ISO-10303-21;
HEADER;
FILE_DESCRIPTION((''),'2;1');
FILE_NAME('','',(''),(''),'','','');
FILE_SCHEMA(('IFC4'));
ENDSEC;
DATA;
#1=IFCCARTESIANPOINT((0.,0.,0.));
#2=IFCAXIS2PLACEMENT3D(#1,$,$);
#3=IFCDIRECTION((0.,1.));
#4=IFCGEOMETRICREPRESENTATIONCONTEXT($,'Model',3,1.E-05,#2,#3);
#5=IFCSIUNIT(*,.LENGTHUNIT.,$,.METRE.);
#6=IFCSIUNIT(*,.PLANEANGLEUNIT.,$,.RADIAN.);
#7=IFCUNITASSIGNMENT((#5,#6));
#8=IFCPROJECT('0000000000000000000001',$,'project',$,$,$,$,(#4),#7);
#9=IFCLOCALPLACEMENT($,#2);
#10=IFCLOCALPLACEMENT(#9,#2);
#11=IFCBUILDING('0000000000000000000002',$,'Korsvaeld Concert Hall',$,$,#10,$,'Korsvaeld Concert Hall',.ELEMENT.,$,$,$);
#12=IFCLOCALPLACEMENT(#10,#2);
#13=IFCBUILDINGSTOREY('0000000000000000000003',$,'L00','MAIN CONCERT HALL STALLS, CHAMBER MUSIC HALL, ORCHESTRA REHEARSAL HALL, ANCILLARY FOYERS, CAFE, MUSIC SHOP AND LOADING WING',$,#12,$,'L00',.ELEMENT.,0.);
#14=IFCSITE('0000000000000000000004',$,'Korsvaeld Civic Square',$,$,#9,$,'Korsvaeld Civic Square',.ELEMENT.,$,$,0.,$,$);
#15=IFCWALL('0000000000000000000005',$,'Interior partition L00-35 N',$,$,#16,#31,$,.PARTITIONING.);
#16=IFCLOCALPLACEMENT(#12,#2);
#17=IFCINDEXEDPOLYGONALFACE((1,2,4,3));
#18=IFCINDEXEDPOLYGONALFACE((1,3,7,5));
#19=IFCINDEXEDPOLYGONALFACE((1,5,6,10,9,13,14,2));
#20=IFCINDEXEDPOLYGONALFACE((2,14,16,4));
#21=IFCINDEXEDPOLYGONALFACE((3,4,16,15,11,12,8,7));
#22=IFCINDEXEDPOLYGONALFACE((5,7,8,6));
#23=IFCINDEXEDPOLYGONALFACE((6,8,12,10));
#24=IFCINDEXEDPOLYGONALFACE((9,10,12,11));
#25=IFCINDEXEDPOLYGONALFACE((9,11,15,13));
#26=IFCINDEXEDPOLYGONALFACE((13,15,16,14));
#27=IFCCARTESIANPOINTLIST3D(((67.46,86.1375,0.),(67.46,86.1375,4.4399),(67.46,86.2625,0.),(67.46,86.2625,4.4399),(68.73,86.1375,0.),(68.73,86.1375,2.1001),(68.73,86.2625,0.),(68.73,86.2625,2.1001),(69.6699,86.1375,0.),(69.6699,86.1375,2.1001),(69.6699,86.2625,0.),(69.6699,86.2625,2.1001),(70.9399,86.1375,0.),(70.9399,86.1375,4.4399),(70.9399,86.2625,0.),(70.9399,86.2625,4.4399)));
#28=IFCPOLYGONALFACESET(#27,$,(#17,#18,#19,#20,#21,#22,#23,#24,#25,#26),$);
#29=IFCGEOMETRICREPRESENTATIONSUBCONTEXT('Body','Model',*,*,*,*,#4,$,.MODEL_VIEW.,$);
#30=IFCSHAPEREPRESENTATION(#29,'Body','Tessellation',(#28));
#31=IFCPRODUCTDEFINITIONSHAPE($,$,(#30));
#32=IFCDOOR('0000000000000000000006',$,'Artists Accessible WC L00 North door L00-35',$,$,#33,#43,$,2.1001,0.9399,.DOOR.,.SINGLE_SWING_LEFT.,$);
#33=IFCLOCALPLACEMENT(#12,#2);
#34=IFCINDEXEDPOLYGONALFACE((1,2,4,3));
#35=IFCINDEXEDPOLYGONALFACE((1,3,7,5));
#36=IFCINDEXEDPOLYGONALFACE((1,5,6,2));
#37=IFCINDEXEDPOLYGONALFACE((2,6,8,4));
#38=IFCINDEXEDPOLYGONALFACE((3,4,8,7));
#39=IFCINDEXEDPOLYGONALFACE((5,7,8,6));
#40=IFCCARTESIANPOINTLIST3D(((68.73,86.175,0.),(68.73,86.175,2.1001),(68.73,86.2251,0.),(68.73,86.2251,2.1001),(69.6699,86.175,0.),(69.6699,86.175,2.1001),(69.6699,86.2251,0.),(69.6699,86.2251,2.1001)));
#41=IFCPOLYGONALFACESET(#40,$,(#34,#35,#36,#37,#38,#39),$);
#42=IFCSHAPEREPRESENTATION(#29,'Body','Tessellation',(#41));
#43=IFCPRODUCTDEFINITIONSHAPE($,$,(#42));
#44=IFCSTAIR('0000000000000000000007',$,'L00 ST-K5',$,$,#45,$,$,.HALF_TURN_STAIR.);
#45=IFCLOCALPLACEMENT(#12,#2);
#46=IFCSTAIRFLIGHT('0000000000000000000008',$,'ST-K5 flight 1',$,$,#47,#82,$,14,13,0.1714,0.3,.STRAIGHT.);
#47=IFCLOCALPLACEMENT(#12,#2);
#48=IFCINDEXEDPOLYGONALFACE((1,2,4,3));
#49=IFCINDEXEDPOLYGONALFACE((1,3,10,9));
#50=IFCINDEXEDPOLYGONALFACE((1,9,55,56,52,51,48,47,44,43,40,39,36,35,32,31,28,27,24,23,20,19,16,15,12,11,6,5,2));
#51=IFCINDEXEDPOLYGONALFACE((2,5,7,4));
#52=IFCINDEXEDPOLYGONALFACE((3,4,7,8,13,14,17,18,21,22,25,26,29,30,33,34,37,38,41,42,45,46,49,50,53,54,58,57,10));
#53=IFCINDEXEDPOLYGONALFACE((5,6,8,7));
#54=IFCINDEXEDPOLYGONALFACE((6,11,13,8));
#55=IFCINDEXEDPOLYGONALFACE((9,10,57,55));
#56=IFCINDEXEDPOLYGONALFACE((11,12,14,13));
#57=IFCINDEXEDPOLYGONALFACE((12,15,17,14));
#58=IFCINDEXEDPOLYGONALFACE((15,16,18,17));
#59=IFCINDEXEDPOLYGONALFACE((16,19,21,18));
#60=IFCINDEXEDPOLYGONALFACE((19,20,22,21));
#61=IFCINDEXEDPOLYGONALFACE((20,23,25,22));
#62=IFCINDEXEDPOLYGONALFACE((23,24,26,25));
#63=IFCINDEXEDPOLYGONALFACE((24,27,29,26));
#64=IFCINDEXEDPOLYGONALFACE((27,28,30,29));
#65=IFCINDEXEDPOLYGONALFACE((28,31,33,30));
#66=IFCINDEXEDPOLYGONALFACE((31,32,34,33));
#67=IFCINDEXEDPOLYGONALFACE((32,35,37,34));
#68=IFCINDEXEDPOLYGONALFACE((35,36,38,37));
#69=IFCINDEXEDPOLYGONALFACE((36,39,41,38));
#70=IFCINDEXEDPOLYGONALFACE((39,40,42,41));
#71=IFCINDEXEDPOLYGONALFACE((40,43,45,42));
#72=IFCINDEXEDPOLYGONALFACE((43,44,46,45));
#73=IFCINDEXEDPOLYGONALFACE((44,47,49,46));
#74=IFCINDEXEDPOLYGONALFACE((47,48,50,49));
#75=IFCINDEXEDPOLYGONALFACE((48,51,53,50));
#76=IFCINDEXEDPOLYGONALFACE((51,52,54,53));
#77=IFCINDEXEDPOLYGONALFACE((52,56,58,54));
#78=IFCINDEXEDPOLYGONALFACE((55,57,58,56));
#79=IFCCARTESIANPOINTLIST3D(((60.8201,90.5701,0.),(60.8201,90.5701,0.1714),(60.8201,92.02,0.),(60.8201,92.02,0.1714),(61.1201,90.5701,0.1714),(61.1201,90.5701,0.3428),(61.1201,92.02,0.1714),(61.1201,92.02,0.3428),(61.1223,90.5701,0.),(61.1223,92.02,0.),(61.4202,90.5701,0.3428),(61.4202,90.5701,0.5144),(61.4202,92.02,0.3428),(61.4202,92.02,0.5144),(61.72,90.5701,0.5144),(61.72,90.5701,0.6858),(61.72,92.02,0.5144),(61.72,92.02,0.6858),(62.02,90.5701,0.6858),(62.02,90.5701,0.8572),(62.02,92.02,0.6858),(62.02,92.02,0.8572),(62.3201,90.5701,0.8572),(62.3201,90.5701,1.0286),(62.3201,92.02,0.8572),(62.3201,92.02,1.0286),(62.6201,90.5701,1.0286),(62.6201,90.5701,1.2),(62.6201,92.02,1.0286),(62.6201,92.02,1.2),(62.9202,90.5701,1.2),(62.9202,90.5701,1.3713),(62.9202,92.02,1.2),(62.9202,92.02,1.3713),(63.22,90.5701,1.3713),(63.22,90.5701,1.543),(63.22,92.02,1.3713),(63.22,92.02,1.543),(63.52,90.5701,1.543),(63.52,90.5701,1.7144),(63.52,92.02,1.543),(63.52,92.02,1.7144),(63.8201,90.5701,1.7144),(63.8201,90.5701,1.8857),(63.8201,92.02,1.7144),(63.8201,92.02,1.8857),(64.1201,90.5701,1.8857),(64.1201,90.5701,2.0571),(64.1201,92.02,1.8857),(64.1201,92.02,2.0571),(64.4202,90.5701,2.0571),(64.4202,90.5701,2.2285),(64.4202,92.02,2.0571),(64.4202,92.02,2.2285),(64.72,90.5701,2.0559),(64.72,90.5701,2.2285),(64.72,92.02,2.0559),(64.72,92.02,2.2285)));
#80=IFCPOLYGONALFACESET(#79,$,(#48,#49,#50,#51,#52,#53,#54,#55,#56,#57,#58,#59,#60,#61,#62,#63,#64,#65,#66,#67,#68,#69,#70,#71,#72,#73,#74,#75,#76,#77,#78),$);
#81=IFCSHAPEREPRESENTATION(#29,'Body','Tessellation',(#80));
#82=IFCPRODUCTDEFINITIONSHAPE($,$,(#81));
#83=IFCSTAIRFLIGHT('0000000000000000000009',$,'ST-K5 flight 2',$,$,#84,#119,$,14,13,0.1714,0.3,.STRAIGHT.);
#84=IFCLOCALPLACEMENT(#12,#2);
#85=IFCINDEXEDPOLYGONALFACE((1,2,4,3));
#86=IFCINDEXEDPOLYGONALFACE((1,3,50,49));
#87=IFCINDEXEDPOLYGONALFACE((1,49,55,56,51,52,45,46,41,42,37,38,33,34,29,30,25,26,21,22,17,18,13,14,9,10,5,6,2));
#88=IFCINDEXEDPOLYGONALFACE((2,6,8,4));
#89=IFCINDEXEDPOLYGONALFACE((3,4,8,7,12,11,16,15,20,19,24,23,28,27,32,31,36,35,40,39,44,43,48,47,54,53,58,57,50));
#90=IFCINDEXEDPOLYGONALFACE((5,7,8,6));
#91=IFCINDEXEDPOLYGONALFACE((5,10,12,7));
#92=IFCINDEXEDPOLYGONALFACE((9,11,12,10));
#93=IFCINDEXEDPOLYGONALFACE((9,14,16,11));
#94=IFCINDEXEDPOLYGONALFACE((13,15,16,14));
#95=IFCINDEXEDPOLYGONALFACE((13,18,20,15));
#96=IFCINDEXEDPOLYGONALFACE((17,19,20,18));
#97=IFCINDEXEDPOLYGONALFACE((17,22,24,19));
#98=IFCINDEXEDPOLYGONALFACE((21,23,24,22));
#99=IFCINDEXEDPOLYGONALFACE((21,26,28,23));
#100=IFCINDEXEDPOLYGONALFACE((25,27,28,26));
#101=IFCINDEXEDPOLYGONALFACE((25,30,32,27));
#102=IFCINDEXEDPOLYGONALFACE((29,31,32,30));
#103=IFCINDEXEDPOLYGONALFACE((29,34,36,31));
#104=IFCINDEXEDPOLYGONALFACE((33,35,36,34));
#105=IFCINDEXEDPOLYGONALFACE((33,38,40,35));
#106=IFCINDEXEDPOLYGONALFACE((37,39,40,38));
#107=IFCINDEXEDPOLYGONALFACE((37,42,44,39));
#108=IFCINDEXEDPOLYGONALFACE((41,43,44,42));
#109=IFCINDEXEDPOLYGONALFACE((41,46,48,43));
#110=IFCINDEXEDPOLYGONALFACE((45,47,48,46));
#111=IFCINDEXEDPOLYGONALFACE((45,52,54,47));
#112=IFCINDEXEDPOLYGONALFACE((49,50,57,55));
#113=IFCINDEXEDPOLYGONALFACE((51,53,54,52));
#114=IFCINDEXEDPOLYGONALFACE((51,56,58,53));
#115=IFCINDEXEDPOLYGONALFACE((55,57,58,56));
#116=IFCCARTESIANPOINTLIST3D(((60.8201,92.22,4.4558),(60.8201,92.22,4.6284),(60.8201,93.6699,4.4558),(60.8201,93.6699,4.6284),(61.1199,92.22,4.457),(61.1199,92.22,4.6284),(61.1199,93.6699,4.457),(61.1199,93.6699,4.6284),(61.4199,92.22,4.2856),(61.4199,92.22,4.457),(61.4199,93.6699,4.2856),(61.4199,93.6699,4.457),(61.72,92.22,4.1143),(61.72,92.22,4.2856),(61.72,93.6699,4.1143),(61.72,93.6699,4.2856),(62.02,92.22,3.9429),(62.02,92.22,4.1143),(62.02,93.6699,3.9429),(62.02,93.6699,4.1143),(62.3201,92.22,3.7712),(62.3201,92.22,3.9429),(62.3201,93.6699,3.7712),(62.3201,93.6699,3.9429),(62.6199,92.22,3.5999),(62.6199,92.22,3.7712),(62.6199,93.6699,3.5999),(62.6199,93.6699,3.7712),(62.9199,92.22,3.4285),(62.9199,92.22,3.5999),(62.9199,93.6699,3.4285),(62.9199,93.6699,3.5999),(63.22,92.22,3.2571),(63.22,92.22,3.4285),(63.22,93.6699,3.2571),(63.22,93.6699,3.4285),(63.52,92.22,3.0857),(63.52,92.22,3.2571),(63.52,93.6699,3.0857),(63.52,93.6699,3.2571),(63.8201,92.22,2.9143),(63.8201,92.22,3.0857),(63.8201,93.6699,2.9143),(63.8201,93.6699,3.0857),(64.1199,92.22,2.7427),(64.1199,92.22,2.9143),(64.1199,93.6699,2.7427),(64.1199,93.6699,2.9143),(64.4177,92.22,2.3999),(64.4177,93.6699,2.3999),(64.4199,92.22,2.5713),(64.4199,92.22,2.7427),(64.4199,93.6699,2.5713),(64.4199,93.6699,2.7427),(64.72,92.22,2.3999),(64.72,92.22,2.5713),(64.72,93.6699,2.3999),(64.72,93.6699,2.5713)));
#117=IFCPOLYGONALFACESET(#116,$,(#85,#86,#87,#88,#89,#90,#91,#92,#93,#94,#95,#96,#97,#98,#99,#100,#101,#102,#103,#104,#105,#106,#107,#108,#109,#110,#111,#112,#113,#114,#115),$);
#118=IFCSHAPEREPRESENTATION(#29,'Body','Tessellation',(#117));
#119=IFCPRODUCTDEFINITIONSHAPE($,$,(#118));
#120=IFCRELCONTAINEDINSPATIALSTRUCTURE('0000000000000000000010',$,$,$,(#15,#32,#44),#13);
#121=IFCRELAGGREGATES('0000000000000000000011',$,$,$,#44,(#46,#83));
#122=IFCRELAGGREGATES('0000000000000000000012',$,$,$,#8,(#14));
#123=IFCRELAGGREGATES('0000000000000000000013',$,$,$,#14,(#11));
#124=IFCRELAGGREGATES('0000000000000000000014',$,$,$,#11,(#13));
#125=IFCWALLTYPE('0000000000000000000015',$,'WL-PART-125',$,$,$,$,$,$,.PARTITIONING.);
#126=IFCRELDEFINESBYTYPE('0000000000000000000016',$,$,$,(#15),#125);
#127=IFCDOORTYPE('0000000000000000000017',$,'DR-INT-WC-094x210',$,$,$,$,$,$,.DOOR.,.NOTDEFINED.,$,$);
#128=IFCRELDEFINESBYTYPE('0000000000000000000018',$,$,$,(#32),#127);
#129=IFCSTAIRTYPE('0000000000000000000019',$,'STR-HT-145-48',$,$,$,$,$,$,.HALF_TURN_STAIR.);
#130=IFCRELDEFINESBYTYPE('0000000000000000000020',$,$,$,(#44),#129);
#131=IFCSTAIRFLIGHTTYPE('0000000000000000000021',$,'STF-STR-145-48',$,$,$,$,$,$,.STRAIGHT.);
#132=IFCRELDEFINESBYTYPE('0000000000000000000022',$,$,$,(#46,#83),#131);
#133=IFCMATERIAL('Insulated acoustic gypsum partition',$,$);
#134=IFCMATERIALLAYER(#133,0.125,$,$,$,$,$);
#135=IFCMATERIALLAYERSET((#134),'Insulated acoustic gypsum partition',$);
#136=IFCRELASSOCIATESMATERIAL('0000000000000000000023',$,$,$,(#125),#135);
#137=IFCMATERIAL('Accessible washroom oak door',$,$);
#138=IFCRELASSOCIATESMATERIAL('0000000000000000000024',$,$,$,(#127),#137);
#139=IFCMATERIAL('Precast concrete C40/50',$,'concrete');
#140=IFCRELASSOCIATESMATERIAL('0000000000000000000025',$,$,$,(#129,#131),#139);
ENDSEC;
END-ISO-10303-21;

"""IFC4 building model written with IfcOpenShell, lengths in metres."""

from ifc_helpers import new_model, si_unit, direction, frame, frame_2d, origin, place, context, subcontext, project, spatial, polyline, rectangle, outline, extrude, material, layer, layer_set, type_object, element, fill, aggregate, save


model = new_model("IFC4")

# Units and contexts
model_context = context("Model", 3, precision=1e-05, world=origin(), true_north=direction((0.0, 1.0)))
body_context = subcontext(model_context, "Body", "Model", "MODEL_VIEW")
ifc_project = project(units=[si_unit("LENGTHUNIT", "METRE"), si_unit("PLANEANGLEUNIT", "RADIAN")], contexts=[model_context])

# Site, building, storey
site_placement = place(None, origin())
site = spatial("IfcSite", under=ifc_project, at=site_placement, Name="Korsvaeld Civic Square", LongName="Korsvaeld Civic Square", CompositionType="ELEMENT", RefElevation=0.0)
building_placement = place(site_placement, origin())
building = spatial("IfcBuilding", under=site, at=building_placement, Name="Korsvaeld Concert Hall", LongName="Korsvaeld Concert Hall", CompositionType="ELEMENT")
storey_placement = place(building_placement, origin())
storey = spatial("IfcBuildingStorey", under=building, at=storey_placement, Name="L00", Description="MAIN CONCERT HALL STALLS, CHAMBER MUSIC HALL, ORCHESTRA REHEARSAL HALL, ANCILLARY FOYERS, CAFE, MUSIC SHOP AND LOADING WING", LongName="L00", CompositionType="ELEMENT", Elevation=0.0)

# Wall, opening, door
ifc_material_1 = material(Name="Insulated acoustic gypsum partition")
ifc_layer_1 = layer(ifc_material_1, 0.125)
ifc_layer_set_1 = layer_set([ifc_layer_1], Name="Insulated acoustic gypsum partition")
wall_type_1 = type_object("IfcWallType", Name="WL-PART-125", PredefinedType="PARTITIONING", material=ifc_layer_set_1)
wall_1_placement = place(storey_placement, frame((70.9399, 86.2, 0.0), z_axis=(0.0, 0.0, 1.0), x_axis=(-1.0, 0.0, 0.0)))
wall_1 = element("IfcWall", 1, at=wall_1_placement, inside=storey, type_object=wall_type_1, Name="Interior partition L00-35 N", PredefinedType="PARTITIONING", context=body_context, shape_type="SweptSolid", body=[
    extrude(rectangle(XDim=3.48, YDim=0.125, at=frame_2d((1.74, 0.0))), origin(), (0.0, 0.0, 1.0), 4.4399),
])
opening_1_placement = place(wall_1_placement, frame((1.27, 0.0, 0.0)))
opening_1 = element("IfcOpeningElement", 2, at=opening_1_placement, cuts=wall_1, PredefinedType="OPENING", context=body_context, shape_type="SweptSolid", body=[
    extrude(rectangle(XDim=0.9399, YDim=2.1001, at=frame_2d((0.47, 1.05))), frame((0.0, 0.0725, 0.0), z_axis=(0.0, -1.0, 0.0), x_axis=(1.0, 0.0, 0.0)), (0.0, 0.0, 1.0), 0.145),
])
ifc_material_2 = material(Name="Accessible washroom oak door")
door_type_1 = type_object("IfcDoorType", Name="DR-INT-WC-094x210", OperationType="NOTDEFINED", PredefinedType="DOOR", material=ifc_material_2)
door_1_placement = place(opening_1_placement, origin())
door_1 = element("IfcDoor", 3, at=door_1_placement, inside=storey, type_object=door_type_1, Name="Artists Accessible WC L00 North door L00-35", OperationType="SINGLE_SWING_LEFT", OverallHeight=2.1001, OverallWidth=0.9399, PredefinedType="DOOR", context=body_context, shape_type="SweptSolid", body=[
    extrude(rectangle(XDim=0.9399, YDim=2.1001, at=frame_2d((0.47, 1.05))), frame((0.0, 0.0249, 0.0), z_axis=(0.0, -1.0, 0.0), x_axis=(1.0, 0.0, 0.0)), (0.0, 0.0, 1.0), 0.05),
])
fill(opening_1, door_1)

# Stair, stair flights
ifc_material_3 = material(Name="Precast concrete C40/50", Category="concrete")
stair_type = type_object("IfcStairType", Name="STR-HT-145-48", PredefinedType="HALF_TURN_STAIR", material=ifc_material_3)
stair_placement = place(storey_placement, origin())
stair = element("IfcStair", 4, at=stair_placement, inside=storey, type_object=stair_type, Name="L00 ST-K5", PredefinedType="HALF_TURN_STAIR")
stair_flight_type = type_object("IfcStairFlightType", Name="STF-STR-145-48", PredefinedType="STRAIGHT", material=ifc_material_3)
stair_flight_1_placement = place(storey_placement, frame((60.8201, 91.2949, 0.0), z_axis=(0.0, 0.0, 1.0), x_axis=(1.0, 0.0, 0.0)))
stair_flight_1 = element("IfcStairFlight", 5, at=stair_flight_1_placement, type_object=stair_flight_type, Name="ST-K5 flight 1", NumberOfRisers=14, NumberOfTreads=13, PredefinedType="STRAIGHT", RiserHeight=0.1714, TreadLength=0.3, context=body_context, shape_type="SweptSolid", body=[
    extrude(outline(polyline([(0.0, 0.0), (0.0, 0.1714), (0.3, 0.1714), (0.3, 0.3428), (0.6001, 0.3428), (0.6001, 0.5144), (0.8999, 0.5144), (0.8999, 0.6858), (1.2, 0.6858), (1.2, 0.8572), (1.5, 0.8572), (1.5, 1.0286), (1.8, 1.0286), (1.8, 1.2), (2.1001, 1.2), (2.1001, 1.3713), (2.3999, 1.3713), (2.3999, 1.543), (2.7, 1.543), (2.7, 1.7144), (3.0, 1.7144), (3.0, 1.8857), (3.3, 1.8857), (3.3, 2.0571), (3.6001, 2.0571), (3.6001, 2.2285), (3.8999, 2.2285), (3.8999, 2.3999), (3.8999, 2.0559), (0.3022, 0.0), (0.0, 0.0)])), frame((0.0, 0.7251, 0.0), z_axis=(0.0, -1.0, 0.0), x_axis=(1.0, 0.0, 0.0)), (0.0, 0.0, 1.0), 1.45),
])
stair_flight_2_placement = place(storey_placement, frame((64.72, 92.9451, 2.3999), z_axis=(0.0, 0.0, 1.0), x_axis=(-1.0, 0.0, 0.0)))
stair_flight_2 = element("IfcStairFlight", 6, at=stair_flight_2_placement, type_object=stair_flight_type, Name="ST-K5 flight 2", NumberOfRisers=14, NumberOfTreads=13, PredefinedType="STRAIGHT", RiserHeight=0.1714, TreadLength=0.3, context=body_context, shape_type="SweptSolid", body=[
    extrude(outline(polyline([(0.0, 0.0), (0.0, 0.1714), (0.3, 0.1714), (0.3, 0.3428), (0.6001, 0.3428), (0.6001, 0.5144), (0.8999, 0.5144), (0.8999, 0.6858), (1.2, 0.6858), (1.2, 0.8572), (1.5, 0.8572), (1.5, 1.0286), (1.8, 1.0286), (1.8, 1.2), (2.1001, 1.2), (2.1001, 1.3713), (2.3999, 1.3713), (2.3999, 1.543), (2.7, 1.543), (2.7, 1.7144), (3.0, 1.7144), (3.0, 1.8857), (3.3, 1.8857), (3.3, 2.0571), (3.6001, 2.0571), (3.6001, 2.2285), (3.8999, 2.2285), (3.8999, 2.3999), (3.8999, 2.0559), (0.3022, 0.0), (0.0, 0.0)])), frame((0.0, 0.7251, 0.0), z_axis=(0.0, -1.0, 0.0), x_axis=(1.0, 0.0, 0.0)), (0.0, 0.0, 1.0), 1.45),
])
aggregate(stair, [stair_flight_1, stair_flight_2])

save(model, "model.ifc")
